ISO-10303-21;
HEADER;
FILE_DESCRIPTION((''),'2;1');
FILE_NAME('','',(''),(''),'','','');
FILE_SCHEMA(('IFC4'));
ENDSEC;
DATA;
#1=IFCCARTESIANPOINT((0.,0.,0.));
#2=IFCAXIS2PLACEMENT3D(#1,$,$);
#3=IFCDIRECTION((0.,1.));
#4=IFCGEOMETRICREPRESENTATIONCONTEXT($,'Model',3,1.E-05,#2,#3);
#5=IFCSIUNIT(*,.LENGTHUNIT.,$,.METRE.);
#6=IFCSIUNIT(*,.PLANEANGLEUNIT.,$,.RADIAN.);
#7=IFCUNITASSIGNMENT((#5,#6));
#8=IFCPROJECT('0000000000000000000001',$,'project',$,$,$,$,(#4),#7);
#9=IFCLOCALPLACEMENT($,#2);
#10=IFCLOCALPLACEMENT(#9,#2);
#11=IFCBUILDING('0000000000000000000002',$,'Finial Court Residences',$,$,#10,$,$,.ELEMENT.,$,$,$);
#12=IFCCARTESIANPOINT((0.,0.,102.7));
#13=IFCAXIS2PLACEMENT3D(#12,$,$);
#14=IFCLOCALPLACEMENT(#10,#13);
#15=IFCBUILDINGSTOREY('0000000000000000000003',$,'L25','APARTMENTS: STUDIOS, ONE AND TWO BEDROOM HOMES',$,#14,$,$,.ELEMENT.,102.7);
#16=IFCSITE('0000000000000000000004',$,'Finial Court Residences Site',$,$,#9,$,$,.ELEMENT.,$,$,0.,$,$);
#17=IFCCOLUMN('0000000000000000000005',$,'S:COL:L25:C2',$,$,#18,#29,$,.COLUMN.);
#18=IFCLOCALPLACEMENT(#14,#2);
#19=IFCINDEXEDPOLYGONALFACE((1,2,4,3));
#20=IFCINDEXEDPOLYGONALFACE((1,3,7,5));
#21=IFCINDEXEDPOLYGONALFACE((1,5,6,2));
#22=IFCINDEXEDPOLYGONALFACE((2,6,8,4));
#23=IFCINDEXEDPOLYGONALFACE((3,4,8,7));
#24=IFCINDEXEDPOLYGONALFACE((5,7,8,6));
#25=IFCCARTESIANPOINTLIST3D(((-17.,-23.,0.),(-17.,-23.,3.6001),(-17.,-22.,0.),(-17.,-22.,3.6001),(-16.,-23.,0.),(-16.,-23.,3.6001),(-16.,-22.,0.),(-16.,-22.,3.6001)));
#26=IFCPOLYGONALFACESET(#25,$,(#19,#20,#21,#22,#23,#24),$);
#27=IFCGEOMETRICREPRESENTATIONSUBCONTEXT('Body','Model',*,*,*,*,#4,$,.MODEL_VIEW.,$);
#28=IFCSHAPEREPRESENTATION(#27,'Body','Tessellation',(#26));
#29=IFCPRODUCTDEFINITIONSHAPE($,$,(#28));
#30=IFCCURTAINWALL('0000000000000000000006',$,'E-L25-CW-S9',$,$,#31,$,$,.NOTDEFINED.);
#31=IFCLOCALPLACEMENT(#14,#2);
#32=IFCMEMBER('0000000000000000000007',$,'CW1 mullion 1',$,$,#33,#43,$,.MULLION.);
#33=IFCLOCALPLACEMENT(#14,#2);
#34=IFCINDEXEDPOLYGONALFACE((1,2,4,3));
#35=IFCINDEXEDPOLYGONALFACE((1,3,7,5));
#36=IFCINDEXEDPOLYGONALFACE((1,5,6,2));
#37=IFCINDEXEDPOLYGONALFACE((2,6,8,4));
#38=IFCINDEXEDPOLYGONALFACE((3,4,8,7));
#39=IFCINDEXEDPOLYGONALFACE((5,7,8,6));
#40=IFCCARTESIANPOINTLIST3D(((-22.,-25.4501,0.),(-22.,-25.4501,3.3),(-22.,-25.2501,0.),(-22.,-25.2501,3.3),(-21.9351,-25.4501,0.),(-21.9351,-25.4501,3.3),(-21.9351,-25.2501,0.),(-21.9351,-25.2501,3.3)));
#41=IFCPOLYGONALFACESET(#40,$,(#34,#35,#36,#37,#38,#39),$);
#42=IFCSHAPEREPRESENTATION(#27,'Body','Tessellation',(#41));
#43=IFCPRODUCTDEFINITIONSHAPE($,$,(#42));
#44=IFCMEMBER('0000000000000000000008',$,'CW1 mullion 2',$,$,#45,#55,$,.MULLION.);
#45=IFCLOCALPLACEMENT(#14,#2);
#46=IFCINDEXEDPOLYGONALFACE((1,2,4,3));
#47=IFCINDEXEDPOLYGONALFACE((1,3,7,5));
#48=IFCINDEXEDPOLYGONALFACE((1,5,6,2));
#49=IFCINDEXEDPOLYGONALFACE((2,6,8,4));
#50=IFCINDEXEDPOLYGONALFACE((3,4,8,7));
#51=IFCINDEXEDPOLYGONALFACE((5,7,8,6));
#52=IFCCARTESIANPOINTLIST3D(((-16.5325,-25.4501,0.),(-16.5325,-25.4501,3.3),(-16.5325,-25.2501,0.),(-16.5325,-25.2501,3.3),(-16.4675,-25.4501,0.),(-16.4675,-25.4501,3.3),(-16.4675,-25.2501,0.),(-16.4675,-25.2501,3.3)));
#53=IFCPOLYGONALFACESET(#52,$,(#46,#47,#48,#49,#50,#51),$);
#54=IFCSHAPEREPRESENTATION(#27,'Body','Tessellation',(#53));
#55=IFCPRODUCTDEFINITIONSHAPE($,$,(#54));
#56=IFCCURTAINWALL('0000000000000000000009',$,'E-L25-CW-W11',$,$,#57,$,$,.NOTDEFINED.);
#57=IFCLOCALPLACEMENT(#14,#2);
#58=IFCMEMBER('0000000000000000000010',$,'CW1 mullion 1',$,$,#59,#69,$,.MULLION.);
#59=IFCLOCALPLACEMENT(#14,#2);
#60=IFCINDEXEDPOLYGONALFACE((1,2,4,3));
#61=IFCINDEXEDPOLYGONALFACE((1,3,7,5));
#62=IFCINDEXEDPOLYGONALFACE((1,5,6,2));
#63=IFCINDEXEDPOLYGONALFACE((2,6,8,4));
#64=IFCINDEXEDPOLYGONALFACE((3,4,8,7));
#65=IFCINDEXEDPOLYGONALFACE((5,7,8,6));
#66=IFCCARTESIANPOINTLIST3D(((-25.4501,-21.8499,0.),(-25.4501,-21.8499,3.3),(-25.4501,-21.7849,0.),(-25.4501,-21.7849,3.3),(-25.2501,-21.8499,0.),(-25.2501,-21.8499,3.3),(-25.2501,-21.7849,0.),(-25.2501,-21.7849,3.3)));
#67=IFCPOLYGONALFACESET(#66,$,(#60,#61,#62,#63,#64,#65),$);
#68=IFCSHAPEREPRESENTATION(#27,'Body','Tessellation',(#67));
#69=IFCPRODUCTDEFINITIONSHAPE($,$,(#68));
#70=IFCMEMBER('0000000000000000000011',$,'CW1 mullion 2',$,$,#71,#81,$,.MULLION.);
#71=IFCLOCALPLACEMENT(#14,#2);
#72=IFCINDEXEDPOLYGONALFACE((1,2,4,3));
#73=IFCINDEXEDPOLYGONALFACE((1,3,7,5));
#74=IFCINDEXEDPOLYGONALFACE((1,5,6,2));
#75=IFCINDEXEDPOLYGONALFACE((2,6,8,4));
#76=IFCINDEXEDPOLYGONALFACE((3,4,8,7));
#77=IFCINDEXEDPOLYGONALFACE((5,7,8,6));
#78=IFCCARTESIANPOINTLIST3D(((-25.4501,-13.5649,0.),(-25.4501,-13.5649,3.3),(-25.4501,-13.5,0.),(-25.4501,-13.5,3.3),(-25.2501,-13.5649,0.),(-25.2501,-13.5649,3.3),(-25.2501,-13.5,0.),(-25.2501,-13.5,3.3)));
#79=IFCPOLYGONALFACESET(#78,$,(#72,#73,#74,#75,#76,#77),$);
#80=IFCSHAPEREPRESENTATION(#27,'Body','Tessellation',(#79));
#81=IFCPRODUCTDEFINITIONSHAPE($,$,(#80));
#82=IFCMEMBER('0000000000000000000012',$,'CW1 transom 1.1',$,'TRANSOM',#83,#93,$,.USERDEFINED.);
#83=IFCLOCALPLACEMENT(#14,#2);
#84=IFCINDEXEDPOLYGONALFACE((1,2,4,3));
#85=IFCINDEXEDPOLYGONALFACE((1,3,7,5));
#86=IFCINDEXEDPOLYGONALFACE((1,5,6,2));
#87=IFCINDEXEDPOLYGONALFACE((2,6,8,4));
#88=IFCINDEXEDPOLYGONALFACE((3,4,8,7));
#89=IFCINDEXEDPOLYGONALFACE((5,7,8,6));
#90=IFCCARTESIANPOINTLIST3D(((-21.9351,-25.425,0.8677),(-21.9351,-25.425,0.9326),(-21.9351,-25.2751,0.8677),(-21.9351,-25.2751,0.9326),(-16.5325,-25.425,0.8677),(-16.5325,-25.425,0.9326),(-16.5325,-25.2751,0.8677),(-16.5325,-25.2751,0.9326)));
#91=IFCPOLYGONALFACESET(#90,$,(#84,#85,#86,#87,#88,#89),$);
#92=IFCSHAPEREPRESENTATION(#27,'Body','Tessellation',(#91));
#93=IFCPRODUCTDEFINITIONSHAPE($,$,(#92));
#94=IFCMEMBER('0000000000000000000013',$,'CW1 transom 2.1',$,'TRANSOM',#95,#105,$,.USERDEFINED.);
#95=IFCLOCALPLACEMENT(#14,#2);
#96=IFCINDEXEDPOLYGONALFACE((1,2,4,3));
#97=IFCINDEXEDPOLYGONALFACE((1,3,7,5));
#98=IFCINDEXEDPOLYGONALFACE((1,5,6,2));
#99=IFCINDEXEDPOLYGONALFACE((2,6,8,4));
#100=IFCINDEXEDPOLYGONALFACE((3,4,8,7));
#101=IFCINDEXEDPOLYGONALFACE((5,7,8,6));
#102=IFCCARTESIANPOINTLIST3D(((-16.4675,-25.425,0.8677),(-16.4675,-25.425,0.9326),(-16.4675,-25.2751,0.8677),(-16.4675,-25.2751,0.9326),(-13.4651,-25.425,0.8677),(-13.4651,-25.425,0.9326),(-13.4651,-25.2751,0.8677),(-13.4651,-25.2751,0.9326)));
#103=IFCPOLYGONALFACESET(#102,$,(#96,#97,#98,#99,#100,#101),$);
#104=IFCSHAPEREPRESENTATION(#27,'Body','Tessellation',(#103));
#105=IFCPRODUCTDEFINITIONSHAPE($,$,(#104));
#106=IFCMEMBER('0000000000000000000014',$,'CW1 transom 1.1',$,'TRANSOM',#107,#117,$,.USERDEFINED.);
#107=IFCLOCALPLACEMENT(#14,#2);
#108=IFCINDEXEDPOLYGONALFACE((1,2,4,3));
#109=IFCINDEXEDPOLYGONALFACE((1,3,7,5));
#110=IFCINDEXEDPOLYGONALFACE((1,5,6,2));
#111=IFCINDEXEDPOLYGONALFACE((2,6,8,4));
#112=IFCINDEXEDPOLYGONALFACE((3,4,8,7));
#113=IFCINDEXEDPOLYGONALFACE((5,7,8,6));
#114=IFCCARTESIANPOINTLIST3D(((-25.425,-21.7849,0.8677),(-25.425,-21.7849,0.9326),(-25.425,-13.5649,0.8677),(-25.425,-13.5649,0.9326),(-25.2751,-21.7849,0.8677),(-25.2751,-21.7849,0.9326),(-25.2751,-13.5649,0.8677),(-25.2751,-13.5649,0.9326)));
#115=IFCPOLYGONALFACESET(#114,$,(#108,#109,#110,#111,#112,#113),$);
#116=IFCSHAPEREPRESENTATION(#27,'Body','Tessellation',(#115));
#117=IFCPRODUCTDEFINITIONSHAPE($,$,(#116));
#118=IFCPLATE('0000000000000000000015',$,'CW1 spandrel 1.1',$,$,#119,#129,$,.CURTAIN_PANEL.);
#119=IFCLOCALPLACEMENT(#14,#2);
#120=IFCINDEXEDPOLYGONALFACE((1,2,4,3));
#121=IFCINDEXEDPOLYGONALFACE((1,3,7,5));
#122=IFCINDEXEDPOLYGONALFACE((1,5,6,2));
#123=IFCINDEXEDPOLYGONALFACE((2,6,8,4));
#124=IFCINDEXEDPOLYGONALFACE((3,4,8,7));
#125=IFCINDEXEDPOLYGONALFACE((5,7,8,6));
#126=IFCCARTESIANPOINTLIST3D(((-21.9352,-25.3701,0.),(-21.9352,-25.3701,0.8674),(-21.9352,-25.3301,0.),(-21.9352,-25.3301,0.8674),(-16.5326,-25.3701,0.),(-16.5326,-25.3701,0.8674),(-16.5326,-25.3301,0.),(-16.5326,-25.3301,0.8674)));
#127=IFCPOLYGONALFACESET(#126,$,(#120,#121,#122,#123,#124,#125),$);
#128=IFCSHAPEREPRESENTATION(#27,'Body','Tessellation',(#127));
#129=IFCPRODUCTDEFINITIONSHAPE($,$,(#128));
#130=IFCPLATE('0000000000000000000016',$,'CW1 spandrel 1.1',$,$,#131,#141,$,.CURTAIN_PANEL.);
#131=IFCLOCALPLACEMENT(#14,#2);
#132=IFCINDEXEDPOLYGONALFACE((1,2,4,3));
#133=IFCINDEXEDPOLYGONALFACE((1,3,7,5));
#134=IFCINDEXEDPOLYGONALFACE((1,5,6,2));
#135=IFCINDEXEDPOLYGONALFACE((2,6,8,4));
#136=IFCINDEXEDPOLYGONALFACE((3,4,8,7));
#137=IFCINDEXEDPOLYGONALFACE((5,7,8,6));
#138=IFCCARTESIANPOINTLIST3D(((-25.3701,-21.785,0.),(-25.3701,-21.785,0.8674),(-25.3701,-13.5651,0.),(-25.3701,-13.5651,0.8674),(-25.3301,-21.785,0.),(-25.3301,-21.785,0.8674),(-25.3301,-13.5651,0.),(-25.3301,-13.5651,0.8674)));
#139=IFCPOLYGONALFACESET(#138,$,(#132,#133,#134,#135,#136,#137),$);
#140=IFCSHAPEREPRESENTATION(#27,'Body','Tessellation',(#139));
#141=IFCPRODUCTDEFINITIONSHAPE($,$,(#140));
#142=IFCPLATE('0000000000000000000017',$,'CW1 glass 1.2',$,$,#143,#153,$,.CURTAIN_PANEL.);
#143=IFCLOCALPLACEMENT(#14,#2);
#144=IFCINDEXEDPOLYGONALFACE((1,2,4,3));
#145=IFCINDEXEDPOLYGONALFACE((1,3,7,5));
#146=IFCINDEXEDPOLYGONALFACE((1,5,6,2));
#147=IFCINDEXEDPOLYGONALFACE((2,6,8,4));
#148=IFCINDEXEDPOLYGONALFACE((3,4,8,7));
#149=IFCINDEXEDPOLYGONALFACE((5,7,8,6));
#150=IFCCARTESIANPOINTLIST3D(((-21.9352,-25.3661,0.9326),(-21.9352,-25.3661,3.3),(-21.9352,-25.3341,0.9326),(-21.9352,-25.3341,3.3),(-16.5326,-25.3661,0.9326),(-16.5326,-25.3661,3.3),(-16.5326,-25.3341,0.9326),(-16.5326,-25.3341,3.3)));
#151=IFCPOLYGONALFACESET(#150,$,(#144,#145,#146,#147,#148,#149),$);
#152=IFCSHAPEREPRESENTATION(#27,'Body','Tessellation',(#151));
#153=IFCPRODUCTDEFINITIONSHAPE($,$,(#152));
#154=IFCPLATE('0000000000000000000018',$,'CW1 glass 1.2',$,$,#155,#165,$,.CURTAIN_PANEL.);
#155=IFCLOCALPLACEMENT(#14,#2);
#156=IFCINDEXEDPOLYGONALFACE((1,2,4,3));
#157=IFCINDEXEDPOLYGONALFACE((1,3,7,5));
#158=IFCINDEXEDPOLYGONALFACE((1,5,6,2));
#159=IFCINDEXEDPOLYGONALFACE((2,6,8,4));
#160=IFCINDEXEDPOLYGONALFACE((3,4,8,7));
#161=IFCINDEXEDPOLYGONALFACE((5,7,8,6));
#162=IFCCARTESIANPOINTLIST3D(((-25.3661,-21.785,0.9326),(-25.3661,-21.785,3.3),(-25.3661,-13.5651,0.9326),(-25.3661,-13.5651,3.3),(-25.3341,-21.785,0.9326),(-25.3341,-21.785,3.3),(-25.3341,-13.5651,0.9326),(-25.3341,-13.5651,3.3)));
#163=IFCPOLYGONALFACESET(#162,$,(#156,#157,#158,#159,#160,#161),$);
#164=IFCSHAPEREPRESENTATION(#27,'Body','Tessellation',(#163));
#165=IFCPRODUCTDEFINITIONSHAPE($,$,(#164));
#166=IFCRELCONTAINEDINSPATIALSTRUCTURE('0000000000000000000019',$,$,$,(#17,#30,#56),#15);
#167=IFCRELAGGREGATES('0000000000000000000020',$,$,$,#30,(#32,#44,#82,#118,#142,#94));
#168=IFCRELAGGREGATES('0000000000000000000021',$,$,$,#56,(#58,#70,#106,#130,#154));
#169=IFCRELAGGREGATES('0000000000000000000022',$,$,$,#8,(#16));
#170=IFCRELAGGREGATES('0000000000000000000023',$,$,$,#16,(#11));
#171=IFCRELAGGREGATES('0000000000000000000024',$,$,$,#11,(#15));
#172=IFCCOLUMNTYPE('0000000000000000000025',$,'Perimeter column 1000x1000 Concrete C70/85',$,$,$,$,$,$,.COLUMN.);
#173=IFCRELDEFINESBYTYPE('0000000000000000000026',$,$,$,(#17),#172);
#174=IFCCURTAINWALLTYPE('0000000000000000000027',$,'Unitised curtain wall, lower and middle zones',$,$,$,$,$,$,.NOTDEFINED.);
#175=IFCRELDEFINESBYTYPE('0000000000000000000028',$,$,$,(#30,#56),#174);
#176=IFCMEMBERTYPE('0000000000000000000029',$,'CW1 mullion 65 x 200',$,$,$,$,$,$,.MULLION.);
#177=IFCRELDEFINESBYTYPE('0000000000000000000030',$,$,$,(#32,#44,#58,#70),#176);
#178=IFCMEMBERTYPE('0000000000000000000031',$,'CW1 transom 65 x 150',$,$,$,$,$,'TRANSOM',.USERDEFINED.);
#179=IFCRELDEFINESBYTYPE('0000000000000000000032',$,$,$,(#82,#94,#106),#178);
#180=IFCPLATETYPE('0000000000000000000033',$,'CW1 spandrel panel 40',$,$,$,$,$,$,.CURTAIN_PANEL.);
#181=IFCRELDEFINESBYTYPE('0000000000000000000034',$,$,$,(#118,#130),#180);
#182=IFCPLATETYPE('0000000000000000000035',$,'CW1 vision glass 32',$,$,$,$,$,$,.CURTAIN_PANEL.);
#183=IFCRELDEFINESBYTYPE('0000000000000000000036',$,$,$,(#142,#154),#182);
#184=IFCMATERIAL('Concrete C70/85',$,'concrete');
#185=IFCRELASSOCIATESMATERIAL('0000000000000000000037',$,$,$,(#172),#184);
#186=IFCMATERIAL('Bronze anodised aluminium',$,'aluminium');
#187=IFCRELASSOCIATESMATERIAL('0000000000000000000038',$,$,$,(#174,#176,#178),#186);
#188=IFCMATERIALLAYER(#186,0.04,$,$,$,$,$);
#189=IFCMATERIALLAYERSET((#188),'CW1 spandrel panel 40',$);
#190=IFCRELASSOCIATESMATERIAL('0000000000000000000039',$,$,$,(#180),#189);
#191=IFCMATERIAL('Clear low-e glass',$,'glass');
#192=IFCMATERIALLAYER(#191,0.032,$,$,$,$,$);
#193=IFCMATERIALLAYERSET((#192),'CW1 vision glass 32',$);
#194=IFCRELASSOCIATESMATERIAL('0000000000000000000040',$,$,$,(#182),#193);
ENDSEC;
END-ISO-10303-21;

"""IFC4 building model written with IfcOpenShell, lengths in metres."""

from ifc_helpers import new_model, si_unit, direction, frame, origin, origin_2d, place, context, subcontext, project, spatial, rectangle, extrude, material, layer, layer_set, material_profile, profile_set, type_object, element, aggregate, save


model = new_model("IFC4")

# Units and contexts
model_context = context("Model", 3, precision=1e-05, world=origin(), true_north=direction((0.0, 1.0)))
body_context = subcontext(model_context, "Body", "Model", "MODEL_VIEW")
ifc_project = project(units=[si_unit("LENGTHUNIT", "METRE"), si_unit("PLANEANGLEUNIT", "RADIAN")], contexts=[model_context])

# Site, building, storey
site_placement = place(None, origin())
site = spatial("IfcSite", under=ifc_project, at=site_placement, Name="Finial Court Residences Site", CompositionType="ELEMENT", RefElevation=0.0)
building_placement = place(site_placement, origin())
building = spatial("IfcBuilding", under=site, at=building_placement, Name="Finial Court Residences", CompositionType="ELEMENT")
storey_placement = place(building_placement, frame((0.0, 0.0, 102.7)))
storey = spatial("IfcBuildingStorey", under=building, at=storey_placement, Name="L25", Description="APARTMENTS: STUDIOS, ONE AND TWO BEDROOM HOMES", CompositionType="ELEMENT", Elevation=102.7)

# Column
ifc_material_1 = material(Name="Concrete C70/85", Category="concrete")
ifc_material_profile_1 = material_profile(ifc_material_1, rectangle(XDim=1.0, YDim=1.0, at=origin_2d()), Name="1000x1000")
ifc_profile_set_1 = profile_set([ifc_material_profile_1], Name="Concrete C70/85")
column_type = type_object("IfcColumnType", Name="Perimeter column 1000x1000 Concrete C70/85", PredefinedType="COLUMN", material=ifc_profile_set_1)
column_placement = place(storey_placement, frame((-16.5, -22.5, 0.0), z_axis=(0.0, 0.0, 1.0), x_axis=(1.0, 0.0, 0.0)))
element("IfcColumn", 1, at=column_placement, inside=storey, type_object=column_type, Name="S:COL:L25:C2", PredefinedType="COLUMN", context=body_context, shape_type="SweptSolid", body=[
    extrude(rectangle(XDim=1.0, YDim=1.0, at=origin_2d()), origin(), (0.0, 0.0, 1.0), 3.6001),
])

# Curtain walls, members
ifc_material_2 = material(Name="Bronze anodised aluminium", Category="aluminium")
curtain_wall_type = type_object("IfcCurtainWallType", Name="Unitised curtain wall, lower and middle zones", PredefinedType="NOTDEFINED", material=ifc_material_2)
curtain_wall_1_placement = place(storey_placement, origin())
curtain_wall_1 = element("IfcCurtainWall", 2, at=curtain_wall_1_placement, inside=storey, type_object=curtain_wall_type, Name="E-L25-CW-S9", PredefinedType="NOTDEFINED")
ifc_material_profile_2 = material_profile(ifc_material_2, rectangle(XDim=0.2, YDim=0.0649, at=origin_2d()), Name="CW1 mullion 65 x 200")
ifc_profile_set_2 = profile_set([ifc_material_profile_2], Name="Bronze anodised aluminium")
member_type_1 = type_object("IfcMemberType", Name="CW1 mullion 65 x 200", PredefinedType="MULLION", material=ifc_profile_set_2)
member_1_placement = place(storey_placement, frame((-21.9675, -25.3501, 0.0), z_axis=(0.0, 0.0, 1.0), x_axis=(0.0, 1.0, 0.0)))
member_1 = element("IfcMember", 3, at=member_1_placement, type_object=member_type_1, Name="CW1 mullion 1", PredefinedType="MULLION", context=body_context, shape_type="SweptSolid", body=[
    extrude(rectangle(XDim=0.2, YDim=0.0649, at=origin_2d()), origin(), (0.0, 0.0, 1.0), 3.3),
])
member_2_placement = place(storey_placement, frame((-16.5, -25.3501, 0.0), z_axis=(0.0, 0.0, 1.0), x_axis=(0.0, 1.0, 0.0)))
member_2 = element("IfcMember", 4, at=member_2_placement, type_object=member_type_1, Name="CW1 mullion 2", PredefinedType="MULLION", context=body_context, shape_type="SweptSolid", body=[
    extrude(rectangle(XDim=0.2, YDim=0.0649, at=origin_2d()), origin(), (0.0, 0.0, 1.0), 3.3),
])
curtain_wall_2_placement = place(storey_placement, origin())
curtain_wall_2 = element("IfcCurtainWall", 5, at=curtain_wall_2_placement, inside=storey, type_object=curtain_wall_type, Name="E-L25-CW-W11", PredefinedType="NOTDEFINED")
member_3_placement = place(storey_placement, frame((-25.3501, -21.8174, 0.0), z_axis=(0.0, 0.0, 1.0), x_axis=(-1.0, 0.0, 0.0)))
member_3 = element("IfcMember", 6, at=member_3_placement, type_object=member_type_1, Name="CW1 mullion 1", PredefinedType="MULLION", context=body_context, shape_type="SweptSolid", body=[
    extrude(rectangle(XDim=0.2, YDim=0.0649, at=origin_2d()), origin(), (0.0, 0.0, 1.0), 3.3),
])
member_4_placement = place(storey_placement, frame((-25.3501, -13.5325, 0.0), z_axis=(0.0, 0.0, 1.0), x_axis=(-1.0, 0.0, 0.0)))
member_4 = element("IfcMember", 7, at=member_4_placement, type_object=member_type_1, Name="CW1 mullion 2", PredefinedType="MULLION", context=body_context, shape_type="SweptSolid", body=[
    extrude(rectangle(XDim=0.2, YDim=0.0649, at=origin_2d()), origin(), (0.0, 0.0, 1.0), 3.3),
])

# Members
ifc_material_profile_3 = material_profile(ifc_material_2, rectangle(XDim=0.1499, YDim=0.0649, at=origin_2d()), Name="CW1 transom 65 x 150")
ifc_profile_set_3 = profile_set([ifc_material_profile_3], Name="Bronze anodised aluminium")
member_type_2 = type_object("IfcMemberType", Name="CW1 transom 65 x 150", ElementType="TRANSOM", PredefinedType="USERDEFINED", material=ifc_profile_set_3)
member_5_placement = place(storey_placement, frame((-21.9351, -25.3501, 0.9001), z_axis=(1.0, 0.0, 0.0), x_axis=(0.0, 1.0, 0.0)))
member_5 = element("IfcMember", 8, at=member_5_placement, type_object=member_type_2, Name="CW1 transom 1.1", ObjectType="TRANSOM", PredefinedType="USERDEFINED", context=body_context, shape_type="SweptSolid", body=[
    extrude(rectangle(XDim=0.1499, YDim=0.0649, at=origin_2d()), origin(), (0.0, 0.0, 1.0), 5.4026),
])
member_6_placement = place(storey_placement, frame((-16.4675, -25.3501, 0.9001), z_axis=(1.0, 0.0, 0.0), x_axis=(0.0, 1.0, 0.0)))
member_6 = element("IfcMember", 9, at=member_6_placement, type_object=member_type_2, Name="CW1 transom 2.1", ObjectType="TRANSOM", PredefinedType="USERDEFINED", context=body_context, shape_type="SweptSolid", body=[
    extrude(rectangle(XDim=0.1499, YDim=0.0649, at=origin_2d()), origin(), (0.0, 0.0, 1.0), 3.0024),
])
member_7_placement = place(storey_placement, frame((-25.3501, -21.7849, 0.9001), z_axis=(0.0, 1.0, 0.0), x_axis=(-1.0, 0.0, 0.0)))
member_7 = element("IfcMember", 10, at=member_7_placement, type_object=member_type_2, Name="CW1 transom 1.1", ObjectType="TRANSOM", PredefinedType="USERDEFINED", context=body_context, shape_type="SweptSolid", body=[
    extrude(rectangle(XDim=0.1499, YDim=0.0649, at=origin_2d()), origin(), (0.0, 0.0, 1.0), 8.22),
])

# Plates
ifc_layer_1 = layer(ifc_material_2, 0.04)
ifc_layer_set_1 = layer_set([ifc_layer_1], Name="CW1 spandrel panel 40")
plate_type_1 = type_object("IfcPlateType", Name="CW1 spandrel panel 40", PredefinedType="CURTAIN_PANEL", material=ifc_layer_set_1)
plate_1_placement = place(storey_placement, frame((-19.2339, -25.3501, 0.0), z_axis=(0.0, 0.0, 1.0), x_axis=(1.0, 0.0, 0.0)))
plate_1 = element("IfcPlate", 11, at=plate_1_placement, type_object=plate_type_1, Name="CW1 spandrel 1.1", PredefinedType="CURTAIN_PANEL", context=body_context, shape_type="SweptSolid", body=[
    extrude(rectangle(XDim=5.4026, YDim=0.04, at=origin_2d()), origin(), (0.0, 0.0, 1.0), 0.8674),
])
plate_2_placement = place(storey_placement, frame((-25.3501, -17.675, 0.0), z_axis=(0.0, 0.0, 1.0), x_axis=(0.0, 1.0, 0.0)))
plate_2 = element("IfcPlate", 12, at=plate_2_placement, type_object=plate_type_1, Name="CW1 spandrel 1.1", PredefinedType="CURTAIN_PANEL", context=body_context, shape_type="SweptSolid", body=[
    extrude(rectangle(XDim=8.22, YDim=0.04, at=origin_2d()), origin(), (0.0, 0.0, 1.0), 0.8674),
])
ifc_material_3 = material(Name="Clear low-e glass", Category="glass")
ifc_layer_2 = layer(ifc_material_3, 0.032)
ifc_layer_set_2 = layer_set([ifc_layer_2], Name="CW1 vision glass 32")
plate_type_2 = type_object("IfcPlateType", Name="CW1 vision glass 32", PredefinedType="CURTAIN_PANEL", material=ifc_layer_set_2)
plate_3_placement = place(storey_placement, frame((-19.2339, -25.3501, 0.9326), z_axis=(0.0, 0.0, 1.0), x_axis=(1.0, 0.0, 0.0)))
plate_3 = element("IfcPlate", 13, at=plate_3_placement, type_object=plate_type_2, Name="CW1 glass 1.2", PredefinedType="CURTAIN_PANEL", context=body_context, shape_type="SweptSolid", body=[
    extrude(rectangle(XDim=5.4026, YDim=0.032, at=origin_2d()), origin(), (0.0, 0.0, 1.0), 2.3674),
])
aggregate(curtain_wall_1, [member_1, member_2, member_5, plate_1, plate_3, member_6])
plate_4_placement = place(storey_placement, frame((-25.3501, -17.675, 0.9326), z_axis=(0.0, 0.0, 1.0), x_axis=(0.0, 1.0, 0.0)))
plate_4 = element("IfcPlate", 14, at=plate_4_placement, type_object=plate_type_2, Name="CW1 glass 1.2", PredefinedType="CURTAIN_PANEL", context=body_context, shape_type="SweptSolid", body=[
    extrude(rectangle(XDim=8.22, YDim=0.032, at=origin_2d()), origin(), (0.0, 0.0, 1.0), 2.3674),
])
aggregate(curtain_wall_2, [member_3, member_4, member_7, plate_2, plate_4])

save(model, "model.ifc")
